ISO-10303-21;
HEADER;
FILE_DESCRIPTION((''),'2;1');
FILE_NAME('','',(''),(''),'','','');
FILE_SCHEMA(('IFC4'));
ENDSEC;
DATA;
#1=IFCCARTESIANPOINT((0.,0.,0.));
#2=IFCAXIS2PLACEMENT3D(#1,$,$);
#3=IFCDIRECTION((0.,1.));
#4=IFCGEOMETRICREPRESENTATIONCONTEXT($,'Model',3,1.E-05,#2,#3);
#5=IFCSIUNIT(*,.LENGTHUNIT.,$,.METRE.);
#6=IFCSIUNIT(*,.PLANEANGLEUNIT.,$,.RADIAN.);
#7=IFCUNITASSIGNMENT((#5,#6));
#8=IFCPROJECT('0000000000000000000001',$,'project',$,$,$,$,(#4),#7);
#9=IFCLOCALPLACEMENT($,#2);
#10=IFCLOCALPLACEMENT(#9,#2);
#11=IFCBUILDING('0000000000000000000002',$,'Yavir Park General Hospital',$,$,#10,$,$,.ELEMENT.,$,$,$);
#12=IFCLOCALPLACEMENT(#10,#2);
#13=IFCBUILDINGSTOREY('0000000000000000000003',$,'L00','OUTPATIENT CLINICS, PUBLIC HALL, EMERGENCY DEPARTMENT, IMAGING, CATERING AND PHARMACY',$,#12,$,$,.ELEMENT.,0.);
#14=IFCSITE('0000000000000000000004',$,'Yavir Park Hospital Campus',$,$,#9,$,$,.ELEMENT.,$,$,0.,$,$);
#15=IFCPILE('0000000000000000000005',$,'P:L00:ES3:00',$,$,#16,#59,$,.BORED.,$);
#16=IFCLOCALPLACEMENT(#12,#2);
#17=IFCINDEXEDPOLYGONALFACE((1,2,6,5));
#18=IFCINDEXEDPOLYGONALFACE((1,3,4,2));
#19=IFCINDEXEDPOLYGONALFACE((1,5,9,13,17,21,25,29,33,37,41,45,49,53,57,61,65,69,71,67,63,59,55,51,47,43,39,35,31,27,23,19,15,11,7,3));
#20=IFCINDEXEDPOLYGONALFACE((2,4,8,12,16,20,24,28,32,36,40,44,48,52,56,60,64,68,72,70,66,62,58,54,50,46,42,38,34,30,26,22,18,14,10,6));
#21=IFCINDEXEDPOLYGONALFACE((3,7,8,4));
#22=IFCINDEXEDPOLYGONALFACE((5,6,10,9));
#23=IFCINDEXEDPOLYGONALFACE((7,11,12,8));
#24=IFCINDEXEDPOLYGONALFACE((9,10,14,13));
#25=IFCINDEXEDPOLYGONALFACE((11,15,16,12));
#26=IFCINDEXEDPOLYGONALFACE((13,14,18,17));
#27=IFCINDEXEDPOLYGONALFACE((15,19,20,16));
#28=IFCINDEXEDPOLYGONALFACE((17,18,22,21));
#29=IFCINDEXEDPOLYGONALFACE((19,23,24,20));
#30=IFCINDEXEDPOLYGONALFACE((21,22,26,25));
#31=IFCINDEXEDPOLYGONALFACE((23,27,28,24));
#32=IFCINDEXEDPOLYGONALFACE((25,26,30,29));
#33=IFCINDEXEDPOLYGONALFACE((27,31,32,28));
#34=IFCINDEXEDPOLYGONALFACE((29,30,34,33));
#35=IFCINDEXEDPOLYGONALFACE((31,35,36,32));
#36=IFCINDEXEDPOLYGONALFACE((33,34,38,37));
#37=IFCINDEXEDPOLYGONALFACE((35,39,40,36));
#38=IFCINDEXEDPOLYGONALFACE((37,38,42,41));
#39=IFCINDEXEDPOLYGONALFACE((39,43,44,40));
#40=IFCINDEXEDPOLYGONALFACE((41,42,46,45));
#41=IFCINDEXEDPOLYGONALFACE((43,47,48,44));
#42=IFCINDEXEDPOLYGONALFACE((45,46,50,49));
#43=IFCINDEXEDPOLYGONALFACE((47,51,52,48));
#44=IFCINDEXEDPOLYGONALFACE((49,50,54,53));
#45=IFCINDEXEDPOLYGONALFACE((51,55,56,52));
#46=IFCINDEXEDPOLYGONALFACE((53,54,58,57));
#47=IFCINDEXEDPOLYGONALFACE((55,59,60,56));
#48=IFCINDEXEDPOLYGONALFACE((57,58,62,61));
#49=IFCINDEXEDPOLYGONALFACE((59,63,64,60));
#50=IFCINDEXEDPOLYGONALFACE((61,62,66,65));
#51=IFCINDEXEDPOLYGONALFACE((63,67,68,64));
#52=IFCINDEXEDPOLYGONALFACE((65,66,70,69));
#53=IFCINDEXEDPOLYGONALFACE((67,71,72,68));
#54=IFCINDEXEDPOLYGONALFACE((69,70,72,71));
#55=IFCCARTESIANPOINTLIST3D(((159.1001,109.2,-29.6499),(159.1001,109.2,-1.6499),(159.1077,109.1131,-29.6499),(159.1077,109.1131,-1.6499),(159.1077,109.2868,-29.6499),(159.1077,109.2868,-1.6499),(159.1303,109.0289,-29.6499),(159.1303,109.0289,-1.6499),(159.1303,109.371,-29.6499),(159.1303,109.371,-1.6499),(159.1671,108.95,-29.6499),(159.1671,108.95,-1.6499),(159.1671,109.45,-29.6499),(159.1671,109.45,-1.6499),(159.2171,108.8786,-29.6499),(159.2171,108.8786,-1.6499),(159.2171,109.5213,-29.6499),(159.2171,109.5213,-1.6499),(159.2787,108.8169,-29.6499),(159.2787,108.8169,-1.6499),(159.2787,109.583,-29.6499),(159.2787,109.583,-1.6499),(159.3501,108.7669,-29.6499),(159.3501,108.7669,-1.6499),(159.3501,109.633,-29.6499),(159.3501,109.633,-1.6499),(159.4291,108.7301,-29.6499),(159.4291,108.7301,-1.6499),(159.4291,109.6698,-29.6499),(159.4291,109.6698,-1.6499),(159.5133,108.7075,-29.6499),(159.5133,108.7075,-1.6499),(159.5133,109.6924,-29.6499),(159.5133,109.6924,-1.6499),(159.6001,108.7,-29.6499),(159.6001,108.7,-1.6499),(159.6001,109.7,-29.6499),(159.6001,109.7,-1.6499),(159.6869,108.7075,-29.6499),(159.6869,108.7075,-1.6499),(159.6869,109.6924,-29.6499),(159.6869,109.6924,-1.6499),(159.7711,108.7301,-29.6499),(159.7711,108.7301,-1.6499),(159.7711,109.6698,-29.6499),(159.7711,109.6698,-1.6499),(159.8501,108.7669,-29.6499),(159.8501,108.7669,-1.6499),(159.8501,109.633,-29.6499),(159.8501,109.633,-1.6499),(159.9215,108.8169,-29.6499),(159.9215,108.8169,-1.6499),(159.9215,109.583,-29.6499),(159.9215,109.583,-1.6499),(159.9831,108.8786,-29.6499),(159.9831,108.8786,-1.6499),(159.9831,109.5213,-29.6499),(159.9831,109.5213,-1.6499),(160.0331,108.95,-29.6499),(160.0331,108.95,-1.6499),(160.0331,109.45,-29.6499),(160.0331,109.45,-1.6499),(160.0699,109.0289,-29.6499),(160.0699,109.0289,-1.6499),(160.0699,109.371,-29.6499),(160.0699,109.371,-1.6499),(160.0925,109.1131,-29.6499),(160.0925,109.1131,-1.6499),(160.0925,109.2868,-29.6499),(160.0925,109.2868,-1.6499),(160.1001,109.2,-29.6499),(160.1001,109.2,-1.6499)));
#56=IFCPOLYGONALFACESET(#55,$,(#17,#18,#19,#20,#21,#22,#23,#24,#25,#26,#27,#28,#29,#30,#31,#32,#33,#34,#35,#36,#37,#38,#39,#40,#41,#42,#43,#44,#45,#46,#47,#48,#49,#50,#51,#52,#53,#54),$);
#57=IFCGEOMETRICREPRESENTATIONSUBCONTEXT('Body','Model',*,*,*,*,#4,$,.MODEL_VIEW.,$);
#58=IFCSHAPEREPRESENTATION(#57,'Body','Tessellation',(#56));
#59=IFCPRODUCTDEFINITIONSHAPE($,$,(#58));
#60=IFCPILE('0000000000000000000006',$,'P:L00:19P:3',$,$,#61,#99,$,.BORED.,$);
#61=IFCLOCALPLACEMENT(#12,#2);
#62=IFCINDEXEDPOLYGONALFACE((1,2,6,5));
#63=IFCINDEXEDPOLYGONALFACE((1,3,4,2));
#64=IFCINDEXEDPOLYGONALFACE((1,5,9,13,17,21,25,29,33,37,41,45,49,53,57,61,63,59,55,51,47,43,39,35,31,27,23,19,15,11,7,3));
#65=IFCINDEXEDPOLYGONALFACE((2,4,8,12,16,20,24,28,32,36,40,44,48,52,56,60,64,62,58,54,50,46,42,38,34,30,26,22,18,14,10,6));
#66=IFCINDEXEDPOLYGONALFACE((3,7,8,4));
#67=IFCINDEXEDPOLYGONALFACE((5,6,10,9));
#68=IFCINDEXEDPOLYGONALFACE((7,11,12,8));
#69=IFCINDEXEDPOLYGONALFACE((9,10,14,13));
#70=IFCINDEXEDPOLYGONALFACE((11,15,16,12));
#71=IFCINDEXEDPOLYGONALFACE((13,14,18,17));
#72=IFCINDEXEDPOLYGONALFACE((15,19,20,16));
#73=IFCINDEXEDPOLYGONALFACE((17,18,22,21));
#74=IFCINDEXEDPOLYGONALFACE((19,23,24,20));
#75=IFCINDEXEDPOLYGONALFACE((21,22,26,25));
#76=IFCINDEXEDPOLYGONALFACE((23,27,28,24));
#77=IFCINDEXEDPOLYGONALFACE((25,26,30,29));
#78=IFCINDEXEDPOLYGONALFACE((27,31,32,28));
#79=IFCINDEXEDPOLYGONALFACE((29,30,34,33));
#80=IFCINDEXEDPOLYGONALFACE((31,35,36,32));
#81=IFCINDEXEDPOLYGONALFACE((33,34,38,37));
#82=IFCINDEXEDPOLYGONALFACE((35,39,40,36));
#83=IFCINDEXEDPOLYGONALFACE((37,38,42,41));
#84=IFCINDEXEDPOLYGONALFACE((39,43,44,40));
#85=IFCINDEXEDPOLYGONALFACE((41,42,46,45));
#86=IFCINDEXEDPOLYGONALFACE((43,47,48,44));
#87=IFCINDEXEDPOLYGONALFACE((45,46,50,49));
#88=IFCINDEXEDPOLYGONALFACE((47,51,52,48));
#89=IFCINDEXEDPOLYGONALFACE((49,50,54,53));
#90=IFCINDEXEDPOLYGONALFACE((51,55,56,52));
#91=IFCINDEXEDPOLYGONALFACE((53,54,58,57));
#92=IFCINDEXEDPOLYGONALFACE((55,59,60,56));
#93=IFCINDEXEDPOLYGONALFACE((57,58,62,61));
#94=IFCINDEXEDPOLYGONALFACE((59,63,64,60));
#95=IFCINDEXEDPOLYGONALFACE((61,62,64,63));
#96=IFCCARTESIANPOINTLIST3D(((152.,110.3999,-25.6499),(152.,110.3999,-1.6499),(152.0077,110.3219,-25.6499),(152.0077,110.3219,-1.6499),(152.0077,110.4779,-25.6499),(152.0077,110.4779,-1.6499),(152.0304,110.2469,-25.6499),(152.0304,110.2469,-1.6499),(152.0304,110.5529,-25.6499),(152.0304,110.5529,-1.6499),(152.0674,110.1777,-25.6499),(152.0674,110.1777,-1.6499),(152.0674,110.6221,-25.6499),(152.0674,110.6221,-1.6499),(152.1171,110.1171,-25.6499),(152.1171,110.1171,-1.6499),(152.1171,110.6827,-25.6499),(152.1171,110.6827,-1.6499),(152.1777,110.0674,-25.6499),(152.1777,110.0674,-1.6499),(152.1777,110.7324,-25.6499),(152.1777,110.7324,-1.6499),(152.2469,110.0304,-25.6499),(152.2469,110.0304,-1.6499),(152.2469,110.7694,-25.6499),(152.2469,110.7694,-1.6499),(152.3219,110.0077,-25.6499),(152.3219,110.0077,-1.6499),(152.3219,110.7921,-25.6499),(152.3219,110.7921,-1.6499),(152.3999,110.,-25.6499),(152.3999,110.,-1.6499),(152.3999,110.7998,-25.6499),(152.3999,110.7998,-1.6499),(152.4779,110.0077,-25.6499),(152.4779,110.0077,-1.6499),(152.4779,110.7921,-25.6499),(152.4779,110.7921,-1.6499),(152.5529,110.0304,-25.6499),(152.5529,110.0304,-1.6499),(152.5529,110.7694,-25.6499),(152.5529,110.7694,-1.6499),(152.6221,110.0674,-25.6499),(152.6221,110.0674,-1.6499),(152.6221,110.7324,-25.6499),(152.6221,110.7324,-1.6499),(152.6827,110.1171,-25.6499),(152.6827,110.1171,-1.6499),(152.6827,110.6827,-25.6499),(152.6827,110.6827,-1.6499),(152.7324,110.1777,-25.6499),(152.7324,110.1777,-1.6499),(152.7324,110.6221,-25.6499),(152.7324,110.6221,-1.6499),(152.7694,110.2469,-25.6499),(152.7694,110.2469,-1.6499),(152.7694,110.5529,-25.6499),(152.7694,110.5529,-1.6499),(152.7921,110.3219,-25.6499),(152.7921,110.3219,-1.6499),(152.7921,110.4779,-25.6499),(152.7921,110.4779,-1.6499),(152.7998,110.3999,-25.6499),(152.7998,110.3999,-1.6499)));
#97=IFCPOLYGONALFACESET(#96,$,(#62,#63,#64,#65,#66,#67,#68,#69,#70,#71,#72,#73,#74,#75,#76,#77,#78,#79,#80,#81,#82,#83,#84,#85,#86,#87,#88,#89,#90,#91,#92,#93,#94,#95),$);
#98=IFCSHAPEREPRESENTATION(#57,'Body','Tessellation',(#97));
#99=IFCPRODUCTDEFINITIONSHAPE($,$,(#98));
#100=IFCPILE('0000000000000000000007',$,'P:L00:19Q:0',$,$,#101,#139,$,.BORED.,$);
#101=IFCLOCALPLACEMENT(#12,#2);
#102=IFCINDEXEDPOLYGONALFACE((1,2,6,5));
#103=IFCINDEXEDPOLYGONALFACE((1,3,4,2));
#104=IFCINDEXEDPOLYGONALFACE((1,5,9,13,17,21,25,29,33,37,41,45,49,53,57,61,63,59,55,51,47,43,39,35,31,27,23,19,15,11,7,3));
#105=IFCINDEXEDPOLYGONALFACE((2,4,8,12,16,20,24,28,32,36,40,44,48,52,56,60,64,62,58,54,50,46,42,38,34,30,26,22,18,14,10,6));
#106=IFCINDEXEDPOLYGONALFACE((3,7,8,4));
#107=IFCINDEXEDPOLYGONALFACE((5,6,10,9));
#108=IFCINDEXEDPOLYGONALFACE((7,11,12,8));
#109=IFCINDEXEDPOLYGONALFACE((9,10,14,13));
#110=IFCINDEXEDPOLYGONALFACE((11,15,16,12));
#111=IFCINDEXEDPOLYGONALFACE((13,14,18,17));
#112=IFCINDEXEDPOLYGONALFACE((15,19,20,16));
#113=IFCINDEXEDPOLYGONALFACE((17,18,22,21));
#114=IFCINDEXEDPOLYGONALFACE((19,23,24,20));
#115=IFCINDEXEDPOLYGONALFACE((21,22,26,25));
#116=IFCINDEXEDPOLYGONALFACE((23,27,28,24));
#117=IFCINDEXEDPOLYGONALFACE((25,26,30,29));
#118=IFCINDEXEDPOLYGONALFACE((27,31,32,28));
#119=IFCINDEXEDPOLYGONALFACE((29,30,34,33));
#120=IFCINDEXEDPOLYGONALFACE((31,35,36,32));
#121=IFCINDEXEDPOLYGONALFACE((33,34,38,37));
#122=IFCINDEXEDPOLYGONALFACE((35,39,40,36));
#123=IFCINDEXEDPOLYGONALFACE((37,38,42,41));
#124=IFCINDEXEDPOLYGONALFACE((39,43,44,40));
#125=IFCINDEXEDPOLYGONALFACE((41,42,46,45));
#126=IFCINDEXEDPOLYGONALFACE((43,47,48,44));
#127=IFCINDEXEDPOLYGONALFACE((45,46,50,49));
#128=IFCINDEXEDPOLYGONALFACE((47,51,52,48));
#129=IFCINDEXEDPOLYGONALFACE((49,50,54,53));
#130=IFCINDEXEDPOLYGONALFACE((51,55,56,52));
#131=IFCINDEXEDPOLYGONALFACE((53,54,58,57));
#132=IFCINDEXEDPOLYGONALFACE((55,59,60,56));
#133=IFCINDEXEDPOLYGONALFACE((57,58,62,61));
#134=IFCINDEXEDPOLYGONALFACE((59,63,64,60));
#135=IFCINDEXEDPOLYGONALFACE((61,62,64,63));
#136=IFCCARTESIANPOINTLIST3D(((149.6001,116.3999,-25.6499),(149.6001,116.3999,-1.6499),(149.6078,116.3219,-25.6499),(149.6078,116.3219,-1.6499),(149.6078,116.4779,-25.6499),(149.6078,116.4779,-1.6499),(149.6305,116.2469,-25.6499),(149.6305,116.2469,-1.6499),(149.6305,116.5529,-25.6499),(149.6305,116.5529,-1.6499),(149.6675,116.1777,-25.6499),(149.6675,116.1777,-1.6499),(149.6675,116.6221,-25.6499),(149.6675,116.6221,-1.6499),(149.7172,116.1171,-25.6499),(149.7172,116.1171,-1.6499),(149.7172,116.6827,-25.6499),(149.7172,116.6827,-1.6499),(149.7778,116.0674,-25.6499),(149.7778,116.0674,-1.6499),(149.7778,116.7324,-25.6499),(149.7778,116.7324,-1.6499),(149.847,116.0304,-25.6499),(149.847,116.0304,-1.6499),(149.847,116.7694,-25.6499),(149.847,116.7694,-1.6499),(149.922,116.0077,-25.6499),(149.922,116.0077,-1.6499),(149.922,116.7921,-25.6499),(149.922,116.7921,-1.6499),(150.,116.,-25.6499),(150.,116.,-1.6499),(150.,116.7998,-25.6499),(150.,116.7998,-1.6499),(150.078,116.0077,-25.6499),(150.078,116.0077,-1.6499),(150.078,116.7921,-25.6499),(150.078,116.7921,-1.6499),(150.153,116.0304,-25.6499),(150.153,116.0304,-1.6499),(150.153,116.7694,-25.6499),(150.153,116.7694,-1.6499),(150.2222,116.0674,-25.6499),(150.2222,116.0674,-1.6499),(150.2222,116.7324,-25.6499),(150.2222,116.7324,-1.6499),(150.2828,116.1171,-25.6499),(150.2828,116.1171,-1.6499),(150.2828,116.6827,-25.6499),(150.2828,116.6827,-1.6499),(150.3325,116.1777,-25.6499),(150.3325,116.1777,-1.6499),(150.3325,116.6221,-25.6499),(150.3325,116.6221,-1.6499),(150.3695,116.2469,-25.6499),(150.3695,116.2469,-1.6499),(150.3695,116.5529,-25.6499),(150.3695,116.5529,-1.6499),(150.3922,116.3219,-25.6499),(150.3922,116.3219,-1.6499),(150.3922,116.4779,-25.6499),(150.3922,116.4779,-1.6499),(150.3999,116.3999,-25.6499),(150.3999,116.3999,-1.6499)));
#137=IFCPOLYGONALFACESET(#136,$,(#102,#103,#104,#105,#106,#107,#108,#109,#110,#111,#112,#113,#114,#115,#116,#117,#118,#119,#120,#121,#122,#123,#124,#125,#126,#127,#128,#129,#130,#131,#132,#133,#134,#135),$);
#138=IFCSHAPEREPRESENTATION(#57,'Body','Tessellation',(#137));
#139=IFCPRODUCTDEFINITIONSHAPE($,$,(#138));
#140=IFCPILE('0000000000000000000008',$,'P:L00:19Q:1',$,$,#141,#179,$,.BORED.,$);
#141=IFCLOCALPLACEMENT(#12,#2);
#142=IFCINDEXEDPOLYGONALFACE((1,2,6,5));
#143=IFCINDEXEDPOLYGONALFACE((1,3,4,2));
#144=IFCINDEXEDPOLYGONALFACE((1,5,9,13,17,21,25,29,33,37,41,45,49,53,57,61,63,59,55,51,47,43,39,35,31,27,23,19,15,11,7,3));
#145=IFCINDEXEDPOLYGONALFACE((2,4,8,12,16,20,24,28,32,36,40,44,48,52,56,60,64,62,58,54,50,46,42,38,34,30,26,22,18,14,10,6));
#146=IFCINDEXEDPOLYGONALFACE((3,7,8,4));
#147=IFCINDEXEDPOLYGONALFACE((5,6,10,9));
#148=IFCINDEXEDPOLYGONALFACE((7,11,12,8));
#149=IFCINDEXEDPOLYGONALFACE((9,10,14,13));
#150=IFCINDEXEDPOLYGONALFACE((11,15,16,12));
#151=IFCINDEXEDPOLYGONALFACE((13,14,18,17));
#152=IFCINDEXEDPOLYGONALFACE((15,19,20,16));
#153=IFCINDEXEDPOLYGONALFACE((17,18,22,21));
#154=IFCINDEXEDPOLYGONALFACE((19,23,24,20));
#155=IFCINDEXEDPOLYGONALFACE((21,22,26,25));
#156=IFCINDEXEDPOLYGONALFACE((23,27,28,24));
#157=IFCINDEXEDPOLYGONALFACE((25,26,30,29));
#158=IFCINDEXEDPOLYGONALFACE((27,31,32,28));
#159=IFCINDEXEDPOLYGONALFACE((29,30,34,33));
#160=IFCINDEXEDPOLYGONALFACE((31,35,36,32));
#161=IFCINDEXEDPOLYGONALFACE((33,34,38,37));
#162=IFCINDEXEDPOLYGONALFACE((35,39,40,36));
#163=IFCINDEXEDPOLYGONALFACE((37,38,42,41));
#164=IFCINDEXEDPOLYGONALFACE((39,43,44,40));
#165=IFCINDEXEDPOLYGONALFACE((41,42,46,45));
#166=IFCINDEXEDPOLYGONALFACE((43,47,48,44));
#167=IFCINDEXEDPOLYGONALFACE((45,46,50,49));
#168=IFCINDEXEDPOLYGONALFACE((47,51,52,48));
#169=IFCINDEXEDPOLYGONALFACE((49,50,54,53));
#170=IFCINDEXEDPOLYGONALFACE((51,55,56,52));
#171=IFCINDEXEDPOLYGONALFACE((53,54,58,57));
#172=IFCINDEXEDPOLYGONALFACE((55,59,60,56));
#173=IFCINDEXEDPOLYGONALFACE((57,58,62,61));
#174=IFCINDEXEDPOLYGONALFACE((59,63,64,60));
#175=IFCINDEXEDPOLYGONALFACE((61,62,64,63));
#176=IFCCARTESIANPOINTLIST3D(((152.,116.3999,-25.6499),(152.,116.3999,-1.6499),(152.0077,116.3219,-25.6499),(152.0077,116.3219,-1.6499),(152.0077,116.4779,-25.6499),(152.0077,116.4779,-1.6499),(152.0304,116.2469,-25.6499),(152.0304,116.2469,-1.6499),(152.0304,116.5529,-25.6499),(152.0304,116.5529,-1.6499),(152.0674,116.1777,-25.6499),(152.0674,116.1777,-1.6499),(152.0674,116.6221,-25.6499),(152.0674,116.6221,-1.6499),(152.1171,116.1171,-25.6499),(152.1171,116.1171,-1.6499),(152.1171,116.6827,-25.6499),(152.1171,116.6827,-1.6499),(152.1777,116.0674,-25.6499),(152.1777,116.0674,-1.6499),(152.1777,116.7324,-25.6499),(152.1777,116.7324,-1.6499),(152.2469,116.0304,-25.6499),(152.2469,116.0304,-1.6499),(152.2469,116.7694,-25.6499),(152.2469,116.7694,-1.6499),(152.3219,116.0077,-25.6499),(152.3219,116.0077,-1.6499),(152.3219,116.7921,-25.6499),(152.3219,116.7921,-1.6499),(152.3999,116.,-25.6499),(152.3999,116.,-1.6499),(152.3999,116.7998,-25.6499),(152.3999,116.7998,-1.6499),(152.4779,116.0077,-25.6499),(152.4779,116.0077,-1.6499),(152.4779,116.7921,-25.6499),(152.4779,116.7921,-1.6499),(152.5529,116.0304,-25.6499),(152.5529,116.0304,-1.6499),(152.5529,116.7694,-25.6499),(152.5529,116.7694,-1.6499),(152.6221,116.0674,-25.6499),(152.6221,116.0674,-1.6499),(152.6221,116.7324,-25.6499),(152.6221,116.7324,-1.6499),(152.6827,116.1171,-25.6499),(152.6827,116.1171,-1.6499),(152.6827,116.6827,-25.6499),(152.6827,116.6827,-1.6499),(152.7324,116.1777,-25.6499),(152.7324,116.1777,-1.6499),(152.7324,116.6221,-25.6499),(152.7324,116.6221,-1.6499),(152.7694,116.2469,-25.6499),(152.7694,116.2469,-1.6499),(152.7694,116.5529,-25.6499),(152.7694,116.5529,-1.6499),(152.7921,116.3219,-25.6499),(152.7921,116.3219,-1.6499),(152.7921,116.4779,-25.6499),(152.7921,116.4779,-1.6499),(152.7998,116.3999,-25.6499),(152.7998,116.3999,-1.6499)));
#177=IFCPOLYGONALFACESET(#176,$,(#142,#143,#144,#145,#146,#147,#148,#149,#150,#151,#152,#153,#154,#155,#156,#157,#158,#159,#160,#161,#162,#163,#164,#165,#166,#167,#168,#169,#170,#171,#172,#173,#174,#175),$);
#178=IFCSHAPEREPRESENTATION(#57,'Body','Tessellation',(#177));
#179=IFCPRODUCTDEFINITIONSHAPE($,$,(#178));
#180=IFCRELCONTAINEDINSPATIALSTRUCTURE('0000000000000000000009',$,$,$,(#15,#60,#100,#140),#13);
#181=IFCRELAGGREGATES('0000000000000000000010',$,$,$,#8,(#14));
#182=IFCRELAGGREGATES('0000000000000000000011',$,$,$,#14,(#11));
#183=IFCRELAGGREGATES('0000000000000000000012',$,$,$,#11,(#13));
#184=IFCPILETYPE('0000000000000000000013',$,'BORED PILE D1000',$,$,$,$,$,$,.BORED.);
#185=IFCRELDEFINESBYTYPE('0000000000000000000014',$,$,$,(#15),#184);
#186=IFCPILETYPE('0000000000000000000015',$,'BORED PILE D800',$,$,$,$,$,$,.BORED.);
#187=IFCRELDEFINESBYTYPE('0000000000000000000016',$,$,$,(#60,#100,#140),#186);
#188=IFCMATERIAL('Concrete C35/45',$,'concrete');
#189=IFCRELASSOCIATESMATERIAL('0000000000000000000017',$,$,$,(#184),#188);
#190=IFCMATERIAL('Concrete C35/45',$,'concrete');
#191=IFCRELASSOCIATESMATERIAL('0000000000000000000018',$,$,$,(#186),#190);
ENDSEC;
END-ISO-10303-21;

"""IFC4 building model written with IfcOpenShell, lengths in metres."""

from ifc_helpers import new_model, si_unit, direction, frame, origin, origin_2d, place, context, subcontext, project, spatial, circle, extrude, material, material_profile, profile_set, type_object, element, save


model = new_model("IFC4")

# Units and contexts
model_context = context("Model", 3, precision=1e-05, world=origin(), true_north=direction((0.0, 1.0)))
body_context = subcontext(model_context, "Body", "Model", "MODEL_VIEW")
ifc_project = project(units=[si_unit("LENGTHUNIT", "METRE"), si_unit("PLANEANGLEUNIT", "RADIAN")], contexts=[model_context])

# Site, building, storey
site_placement = place(None, origin())
site = spatial("IfcSite", under=ifc_project, at=site_placement, Name="Yavir Park Hospital Campus", CompositionType="ELEMENT", RefElevation=0.0)
building_placement = place(site_placement, origin())
building = spatial("IfcBuilding", under=site, at=building_placement, Name="Yavir Park General Hospital", CompositionType="ELEMENT")
storey_placement = place(building_placement, origin())
storey = spatial("IfcBuildingStorey", under=building, at=storey_placement, Name="L00", Description="OUTPATIENT CLINICS, PUBLIC HALL, EMERGENCY DEPARTMENT, IMAGING, CATERING AND PHARMACY", CompositionType="ELEMENT", Elevation=0.0)

# Piles
ifc_material_1 = material(Name="Concrete C35/45", Category="concrete")
ifc_material_profile_1 = material_profile(ifc_material_1, circle(Radius=0.5, at=origin_2d()), Name="D1000")
ifc_profile_set_1 = profile_set([ifc_material_profile_1], Name="Concrete C35/45")
pile_type_1 = type_object("IfcPileType", Name="BORED PILE D1000", PredefinedType="BORED", material=ifc_profile_set_1)
pile_placement = place(storey_placement, frame((159.6001, 109.2, -1.6499), z_axis=(0.0, 0.0, -1.0), x_axis=(1.0, 0.0, 0.0)))
element("IfcPile", 1, at=pile_placement, inside=storey, type_object=pile_type_1, Name="P:L00:ES3:00", PredefinedType="BORED", context=body_context, shape_type="SweptSolid", body=[
    extrude(circle(Radius=0.5, at=origin_2d()), origin(), (0.0, 0.0, 1.0), 28.0),
])
ifc_material_2 = material(Name="Concrete C35/45", Category="concrete")
ifc_material_profile_2 = material_profile(ifc_material_2, circle(Radius=0.3999, at=origin_2d()), Name="D800")
ifc_profile_set_2 = profile_set([ifc_material_profile_2], Name="Concrete C35/45")
pile_type_2 = type_object("IfcPileType", Name="BORED PILE D800", PredefinedType="BORED", material=ifc_profile_set_2)
for number, where, z_axis, x_axis, name in (
    (2, (152.3999, 110.3999, -1.6499), (0.0, 0.0, -1.0), (1.0, 0.0, 0.0), "P:L00:19P:3"),
    (3, (150.0, 116.3999, -1.6499), (0.0, 0.0, -1.0), (1.0, 0.0, 0.0), "P:L00:19Q:0"),
    (4, (152.3999, 116.3999, -1.6499), (0.0, 0.0, -1.0), (1.0, 0.0, 0.0), "P:L00:19Q:1"),
):
    element("IfcPile", number, at=place(storey_placement, frame(where, z_axis=z_axis, x_axis=x_axis)), inside=storey, type_object=pile_type_2, Name=name, PredefinedType="BORED", context=body_context, shape_type="SweptSolid", body=[
        extrude(circle(Radius=0.3999, at=origin_2d()), origin(), (0.0, 0.0, 1.0), 24.0),
    ])

save(model, "model.ifc")
